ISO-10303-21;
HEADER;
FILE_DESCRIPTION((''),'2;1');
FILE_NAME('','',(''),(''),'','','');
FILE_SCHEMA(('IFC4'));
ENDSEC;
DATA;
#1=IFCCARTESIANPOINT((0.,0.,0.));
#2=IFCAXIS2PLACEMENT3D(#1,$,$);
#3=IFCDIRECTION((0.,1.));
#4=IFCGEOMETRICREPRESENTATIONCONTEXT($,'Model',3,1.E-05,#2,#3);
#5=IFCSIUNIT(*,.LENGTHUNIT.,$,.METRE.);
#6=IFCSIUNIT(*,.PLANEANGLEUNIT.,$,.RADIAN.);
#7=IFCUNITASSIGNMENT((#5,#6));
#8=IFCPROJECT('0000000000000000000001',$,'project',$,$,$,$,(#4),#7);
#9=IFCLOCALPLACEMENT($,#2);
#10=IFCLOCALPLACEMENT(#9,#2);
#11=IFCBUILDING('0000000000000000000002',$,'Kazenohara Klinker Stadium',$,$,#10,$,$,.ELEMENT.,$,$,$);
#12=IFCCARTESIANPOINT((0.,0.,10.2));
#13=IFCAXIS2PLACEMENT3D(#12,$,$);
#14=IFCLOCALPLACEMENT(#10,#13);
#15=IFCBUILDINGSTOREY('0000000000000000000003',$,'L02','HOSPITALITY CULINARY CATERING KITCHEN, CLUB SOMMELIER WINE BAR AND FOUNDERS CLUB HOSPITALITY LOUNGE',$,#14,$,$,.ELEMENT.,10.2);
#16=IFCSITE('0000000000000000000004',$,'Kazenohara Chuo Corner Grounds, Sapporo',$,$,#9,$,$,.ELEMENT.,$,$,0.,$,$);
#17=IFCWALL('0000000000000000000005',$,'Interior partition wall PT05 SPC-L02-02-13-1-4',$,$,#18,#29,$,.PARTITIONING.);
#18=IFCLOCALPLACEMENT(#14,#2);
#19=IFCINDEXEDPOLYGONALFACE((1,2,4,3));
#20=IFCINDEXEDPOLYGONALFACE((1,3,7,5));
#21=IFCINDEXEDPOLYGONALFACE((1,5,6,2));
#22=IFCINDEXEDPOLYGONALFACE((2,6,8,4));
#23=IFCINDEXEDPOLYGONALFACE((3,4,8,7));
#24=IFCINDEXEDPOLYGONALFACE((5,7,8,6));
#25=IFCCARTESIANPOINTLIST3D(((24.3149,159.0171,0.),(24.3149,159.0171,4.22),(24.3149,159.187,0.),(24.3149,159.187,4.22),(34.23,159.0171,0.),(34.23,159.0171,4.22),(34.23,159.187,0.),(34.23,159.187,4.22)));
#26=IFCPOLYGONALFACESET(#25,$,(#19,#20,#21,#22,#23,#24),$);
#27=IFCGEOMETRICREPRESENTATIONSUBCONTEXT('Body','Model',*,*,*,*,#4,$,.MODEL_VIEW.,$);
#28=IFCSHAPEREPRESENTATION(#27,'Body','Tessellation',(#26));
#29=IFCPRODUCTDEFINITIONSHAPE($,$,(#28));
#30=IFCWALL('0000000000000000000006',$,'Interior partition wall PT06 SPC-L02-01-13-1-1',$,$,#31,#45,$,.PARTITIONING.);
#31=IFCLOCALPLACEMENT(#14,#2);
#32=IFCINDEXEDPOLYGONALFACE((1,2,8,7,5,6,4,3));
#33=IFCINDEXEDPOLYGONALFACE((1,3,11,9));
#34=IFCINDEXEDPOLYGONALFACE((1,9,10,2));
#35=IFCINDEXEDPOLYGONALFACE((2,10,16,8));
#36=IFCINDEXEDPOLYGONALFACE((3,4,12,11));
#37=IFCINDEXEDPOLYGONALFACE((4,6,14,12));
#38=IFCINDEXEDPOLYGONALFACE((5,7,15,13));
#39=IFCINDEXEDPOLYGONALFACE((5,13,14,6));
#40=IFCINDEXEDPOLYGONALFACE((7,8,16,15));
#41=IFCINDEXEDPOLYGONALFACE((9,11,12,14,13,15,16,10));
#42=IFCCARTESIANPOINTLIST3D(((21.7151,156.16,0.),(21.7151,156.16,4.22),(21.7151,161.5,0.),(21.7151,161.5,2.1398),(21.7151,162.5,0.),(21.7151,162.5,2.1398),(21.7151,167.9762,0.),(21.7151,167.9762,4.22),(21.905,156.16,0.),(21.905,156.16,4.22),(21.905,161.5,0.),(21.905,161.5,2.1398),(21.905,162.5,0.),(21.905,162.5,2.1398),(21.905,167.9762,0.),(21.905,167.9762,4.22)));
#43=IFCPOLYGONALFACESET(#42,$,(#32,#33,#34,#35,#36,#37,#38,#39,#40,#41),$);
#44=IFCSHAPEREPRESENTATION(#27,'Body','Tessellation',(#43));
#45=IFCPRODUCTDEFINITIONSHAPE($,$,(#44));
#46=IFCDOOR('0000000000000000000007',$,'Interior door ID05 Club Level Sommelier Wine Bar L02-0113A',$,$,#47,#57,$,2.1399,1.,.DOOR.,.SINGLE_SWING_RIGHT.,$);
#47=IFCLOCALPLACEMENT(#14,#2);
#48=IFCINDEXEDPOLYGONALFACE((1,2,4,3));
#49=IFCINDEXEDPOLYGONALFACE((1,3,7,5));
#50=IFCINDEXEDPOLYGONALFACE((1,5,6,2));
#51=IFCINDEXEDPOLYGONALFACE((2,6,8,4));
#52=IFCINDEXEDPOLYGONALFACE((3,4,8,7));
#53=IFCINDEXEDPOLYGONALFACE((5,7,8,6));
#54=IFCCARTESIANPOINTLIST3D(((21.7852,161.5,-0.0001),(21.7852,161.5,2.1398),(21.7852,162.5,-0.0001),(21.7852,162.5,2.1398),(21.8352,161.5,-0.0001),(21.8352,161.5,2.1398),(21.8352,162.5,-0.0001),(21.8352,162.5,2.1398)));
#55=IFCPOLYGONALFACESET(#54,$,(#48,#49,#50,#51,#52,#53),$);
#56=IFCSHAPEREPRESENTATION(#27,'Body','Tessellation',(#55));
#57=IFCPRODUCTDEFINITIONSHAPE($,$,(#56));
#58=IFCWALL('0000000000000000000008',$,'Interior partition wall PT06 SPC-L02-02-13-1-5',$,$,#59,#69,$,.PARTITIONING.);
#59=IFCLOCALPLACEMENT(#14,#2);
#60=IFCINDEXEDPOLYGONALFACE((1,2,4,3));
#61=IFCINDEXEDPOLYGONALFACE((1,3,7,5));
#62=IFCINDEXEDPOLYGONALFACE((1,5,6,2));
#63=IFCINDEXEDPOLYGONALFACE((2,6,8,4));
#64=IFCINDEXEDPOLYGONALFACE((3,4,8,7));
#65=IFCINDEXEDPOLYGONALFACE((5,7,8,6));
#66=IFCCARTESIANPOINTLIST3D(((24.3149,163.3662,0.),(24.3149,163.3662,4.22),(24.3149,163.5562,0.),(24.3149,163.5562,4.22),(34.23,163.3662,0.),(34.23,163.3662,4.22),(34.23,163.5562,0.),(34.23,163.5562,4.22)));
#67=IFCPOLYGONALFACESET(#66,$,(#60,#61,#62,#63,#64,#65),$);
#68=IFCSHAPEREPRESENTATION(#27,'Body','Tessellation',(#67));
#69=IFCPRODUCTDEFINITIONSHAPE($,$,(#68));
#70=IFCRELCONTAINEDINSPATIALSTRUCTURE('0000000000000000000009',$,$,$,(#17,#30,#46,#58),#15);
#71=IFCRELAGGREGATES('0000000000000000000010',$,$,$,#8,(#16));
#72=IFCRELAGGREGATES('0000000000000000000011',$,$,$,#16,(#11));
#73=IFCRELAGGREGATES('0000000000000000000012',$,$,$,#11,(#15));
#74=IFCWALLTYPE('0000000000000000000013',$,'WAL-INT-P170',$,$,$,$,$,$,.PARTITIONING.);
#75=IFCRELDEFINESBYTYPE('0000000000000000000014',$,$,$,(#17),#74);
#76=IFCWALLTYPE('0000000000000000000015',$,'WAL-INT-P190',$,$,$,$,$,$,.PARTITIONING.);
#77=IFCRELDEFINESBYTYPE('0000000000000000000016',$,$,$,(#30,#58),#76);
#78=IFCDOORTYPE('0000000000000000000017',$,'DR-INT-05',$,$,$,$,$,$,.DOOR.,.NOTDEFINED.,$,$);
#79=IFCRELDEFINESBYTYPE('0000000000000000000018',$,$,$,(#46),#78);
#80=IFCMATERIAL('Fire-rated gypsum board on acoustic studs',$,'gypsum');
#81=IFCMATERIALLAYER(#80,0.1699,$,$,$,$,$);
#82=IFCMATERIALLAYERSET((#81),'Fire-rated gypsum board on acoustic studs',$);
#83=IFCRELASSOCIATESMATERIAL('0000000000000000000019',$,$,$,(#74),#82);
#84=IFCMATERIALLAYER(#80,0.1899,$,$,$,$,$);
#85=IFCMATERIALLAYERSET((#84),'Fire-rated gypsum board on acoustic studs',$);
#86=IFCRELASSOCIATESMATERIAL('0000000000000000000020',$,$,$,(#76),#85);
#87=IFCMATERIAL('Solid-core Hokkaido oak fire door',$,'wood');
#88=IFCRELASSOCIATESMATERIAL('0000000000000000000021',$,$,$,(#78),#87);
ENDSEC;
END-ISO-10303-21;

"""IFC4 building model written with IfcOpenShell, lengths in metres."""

from ifc_helpers import new_model, si_unit, direction, frame, frame_2d, origin, place, context, subcontext, project, spatial, rectangle, extrude, material, layer, layer_set, type_object, element, fill, save


model = new_model("IFC4")

# Units and contexts
model_context = context("Model", 3, precision=1e-05, world=origin(), true_north=direction((0.0, 1.0)))
body_context = subcontext(model_context, "Body", "Model", "MODEL_VIEW")
ifc_project = project(units=[si_unit("LENGTHUNIT", "METRE"), si_unit("PLANEANGLEUNIT", "RADIAN")], contexts=[model_context])

# Site, building, storey
site_placement = place(None, origin())
site = spatial("IfcSite", under=ifc_project, at=site_placement, Name="Kazenohara Chuo Corner Grounds, Sapporo", CompositionType="ELEMENT", RefElevation=0.0)
building_placement = place(site_placement, origin())
building = spatial("IfcBuilding", under=site, at=building_placement, Name="Kazenohara Klinker Stadium", CompositionType="ELEMENT")
storey_placement = place(building_placement, frame((0.0, 0.0, 10.2)))
storey = spatial("IfcBuildingStorey", under=building, at=storey_placement, Name="L02", Description="HOSPITALITY CULINARY CATERING KITCHEN, CLUB SOMMELIER WINE BAR AND FOUNDERS CLUB HOSPITALITY LOUNGE", CompositionType="ELEMENT", Elevation=10.2)

# Wall
ifc_material_1 = material(Name="Fire-rated gypsum board on acoustic studs", Category="gypsum")
ifc_layer_1 = layer(ifc_material_1, 0.1699)
ifc_layer_set_1 = layer_set([ifc_layer_1], Name="Fire-rated gypsum board on acoustic studs")
wall_type_1 = type_object("IfcWallType", Name="WAL-INT-P170", PredefinedType="PARTITIONING", material=ifc_layer_set_1)
wall_1_placement = place(storey_placement, frame((24.3149, 159.1021, 0.0), z_axis=(0.0, 0.0, 1.0), x_axis=(1.0, 0.0, 0.0)))
element("IfcWall", 1, at=wall_1_placement, inside=storey, type_object=wall_type_1, Name="Interior partition wall PT05 SPC-L02-02-13-1-4", PredefinedType="PARTITIONING", context=body_context, shape_type="SweptSolid", body=[
    extrude(rectangle(XDim=9.915, YDim=0.1699, at=frame_2d((4.9575, 0.0))), origin(), (0.0, 0.0, 1.0), 4.22),
])

# Wall, opening, door
ifc_layer_2 = layer(ifc_material_1, 0.1899)
ifc_layer_set_2 = layer_set([ifc_layer_2], Name="Fire-rated gypsum board on acoustic studs")
wall_type_2 = type_object("IfcWallType", Name="WAL-INT-P190", PredefinedType="PARTITIONING", material=ifc_layer_set_2)
wall_2_placement = place(storey_placement, frame((21.8101, 156.1599, 0.0), z_axis=(0.0, 0.0, 1.0), x_axis=(0.0, 1.0, 0.0)))
wall_2 = element("IfcWall", 2, at=wall_2_placement, inside=storey, type_object=wall_type_2, Name="Interior partition wall PT06 SPC-L02-01-13-1-1", PredefinedType="PARTITIONING", context=body_context, shape_type="SweptSolid", body=[
    extrude(rectangle(XDim=11.8162, YDim=0.1899, at=frame_2d((5.9082, 0.0))), origin(), (0.0, 0.0, 1.0), 4.22),
])
opening_placement = place(wall_2_placement, frame((5.3401, 0.0, 0.0)))
opening = element("IfcOpeningElement", 3, at=opening_placement, cuts=wall_2, PredefinedType="OPENING", context=body_context, shape_type="SweptSolid", body=[
    extrude(rectangle(XDim=1.0, YDim=2.1399, at=frame_2d((0.5, 1.0698))), frame((0.0, 0.105, 0.0), z_axis=(0.0, -1.0, 0.0), x_axis=(1.0, 0.0, 0.0)), (0.0, 0.0, 1.0), 0.21),
])
ifc_material_2 = material(Name="Solid-core Hokkaido oak fire door", Category="wood")
door_type = type_object("IfcDoorType", Name="DR-INT-05", OperationType="NOTDEFINED", PredefinedType="DOOR", material=ifc_material_2)
door_placement = place(opening_placement, origin())
door = element("IfcDoor", 4, at=door_placement, inside=storey, type_object=door_type, Name="Interior door ID05 Club Level Sommelier Wine Bar L02-0113A", OperationType="SINGLE_SWING_RIGHT", OverallHeight=2.1399, OverallWidth=1.0, PredefinedType="DOOR", context=body_context, shape_type="SweptSolid", body=[
    extrude(rectangle(XDim=1.0, YDim=2.1399, at=frame_2d((0.5, 1.0698))), frame((0.0, 0.0249, 0.0), z_axis=(0.0, -1.0, 0.0), x_axis=(1.0, 0.0, 0.0)), (0.0, 0.0, 1.0), 0.05),
])
fill(opening, door)

# Wall
wall_3_placement = place(storey_placement, frame((24.3149, 163.4612, 0.0), z_axis=(0.0, 0.0, 1.0), x_axis=(1.0, 0.0, 0.0)))
element("IfcWall", 5, at=wall_3_placement, inside=storey, type_object=wall_type_2, Name="Interior partition wall PT06 SPC-L02-02-13-1-5", PredefinedType="PARTITIONING", context=body_context, shape_type="SweptSolid", body=[
    extrude(rectangle(XDim=9.915, YDim=0.1899, at=frame_2d((4.9575, 0.0))), origin(), (0.0, 0.0, 1.0), 4.22),
])

save(model, "model.ifc")
